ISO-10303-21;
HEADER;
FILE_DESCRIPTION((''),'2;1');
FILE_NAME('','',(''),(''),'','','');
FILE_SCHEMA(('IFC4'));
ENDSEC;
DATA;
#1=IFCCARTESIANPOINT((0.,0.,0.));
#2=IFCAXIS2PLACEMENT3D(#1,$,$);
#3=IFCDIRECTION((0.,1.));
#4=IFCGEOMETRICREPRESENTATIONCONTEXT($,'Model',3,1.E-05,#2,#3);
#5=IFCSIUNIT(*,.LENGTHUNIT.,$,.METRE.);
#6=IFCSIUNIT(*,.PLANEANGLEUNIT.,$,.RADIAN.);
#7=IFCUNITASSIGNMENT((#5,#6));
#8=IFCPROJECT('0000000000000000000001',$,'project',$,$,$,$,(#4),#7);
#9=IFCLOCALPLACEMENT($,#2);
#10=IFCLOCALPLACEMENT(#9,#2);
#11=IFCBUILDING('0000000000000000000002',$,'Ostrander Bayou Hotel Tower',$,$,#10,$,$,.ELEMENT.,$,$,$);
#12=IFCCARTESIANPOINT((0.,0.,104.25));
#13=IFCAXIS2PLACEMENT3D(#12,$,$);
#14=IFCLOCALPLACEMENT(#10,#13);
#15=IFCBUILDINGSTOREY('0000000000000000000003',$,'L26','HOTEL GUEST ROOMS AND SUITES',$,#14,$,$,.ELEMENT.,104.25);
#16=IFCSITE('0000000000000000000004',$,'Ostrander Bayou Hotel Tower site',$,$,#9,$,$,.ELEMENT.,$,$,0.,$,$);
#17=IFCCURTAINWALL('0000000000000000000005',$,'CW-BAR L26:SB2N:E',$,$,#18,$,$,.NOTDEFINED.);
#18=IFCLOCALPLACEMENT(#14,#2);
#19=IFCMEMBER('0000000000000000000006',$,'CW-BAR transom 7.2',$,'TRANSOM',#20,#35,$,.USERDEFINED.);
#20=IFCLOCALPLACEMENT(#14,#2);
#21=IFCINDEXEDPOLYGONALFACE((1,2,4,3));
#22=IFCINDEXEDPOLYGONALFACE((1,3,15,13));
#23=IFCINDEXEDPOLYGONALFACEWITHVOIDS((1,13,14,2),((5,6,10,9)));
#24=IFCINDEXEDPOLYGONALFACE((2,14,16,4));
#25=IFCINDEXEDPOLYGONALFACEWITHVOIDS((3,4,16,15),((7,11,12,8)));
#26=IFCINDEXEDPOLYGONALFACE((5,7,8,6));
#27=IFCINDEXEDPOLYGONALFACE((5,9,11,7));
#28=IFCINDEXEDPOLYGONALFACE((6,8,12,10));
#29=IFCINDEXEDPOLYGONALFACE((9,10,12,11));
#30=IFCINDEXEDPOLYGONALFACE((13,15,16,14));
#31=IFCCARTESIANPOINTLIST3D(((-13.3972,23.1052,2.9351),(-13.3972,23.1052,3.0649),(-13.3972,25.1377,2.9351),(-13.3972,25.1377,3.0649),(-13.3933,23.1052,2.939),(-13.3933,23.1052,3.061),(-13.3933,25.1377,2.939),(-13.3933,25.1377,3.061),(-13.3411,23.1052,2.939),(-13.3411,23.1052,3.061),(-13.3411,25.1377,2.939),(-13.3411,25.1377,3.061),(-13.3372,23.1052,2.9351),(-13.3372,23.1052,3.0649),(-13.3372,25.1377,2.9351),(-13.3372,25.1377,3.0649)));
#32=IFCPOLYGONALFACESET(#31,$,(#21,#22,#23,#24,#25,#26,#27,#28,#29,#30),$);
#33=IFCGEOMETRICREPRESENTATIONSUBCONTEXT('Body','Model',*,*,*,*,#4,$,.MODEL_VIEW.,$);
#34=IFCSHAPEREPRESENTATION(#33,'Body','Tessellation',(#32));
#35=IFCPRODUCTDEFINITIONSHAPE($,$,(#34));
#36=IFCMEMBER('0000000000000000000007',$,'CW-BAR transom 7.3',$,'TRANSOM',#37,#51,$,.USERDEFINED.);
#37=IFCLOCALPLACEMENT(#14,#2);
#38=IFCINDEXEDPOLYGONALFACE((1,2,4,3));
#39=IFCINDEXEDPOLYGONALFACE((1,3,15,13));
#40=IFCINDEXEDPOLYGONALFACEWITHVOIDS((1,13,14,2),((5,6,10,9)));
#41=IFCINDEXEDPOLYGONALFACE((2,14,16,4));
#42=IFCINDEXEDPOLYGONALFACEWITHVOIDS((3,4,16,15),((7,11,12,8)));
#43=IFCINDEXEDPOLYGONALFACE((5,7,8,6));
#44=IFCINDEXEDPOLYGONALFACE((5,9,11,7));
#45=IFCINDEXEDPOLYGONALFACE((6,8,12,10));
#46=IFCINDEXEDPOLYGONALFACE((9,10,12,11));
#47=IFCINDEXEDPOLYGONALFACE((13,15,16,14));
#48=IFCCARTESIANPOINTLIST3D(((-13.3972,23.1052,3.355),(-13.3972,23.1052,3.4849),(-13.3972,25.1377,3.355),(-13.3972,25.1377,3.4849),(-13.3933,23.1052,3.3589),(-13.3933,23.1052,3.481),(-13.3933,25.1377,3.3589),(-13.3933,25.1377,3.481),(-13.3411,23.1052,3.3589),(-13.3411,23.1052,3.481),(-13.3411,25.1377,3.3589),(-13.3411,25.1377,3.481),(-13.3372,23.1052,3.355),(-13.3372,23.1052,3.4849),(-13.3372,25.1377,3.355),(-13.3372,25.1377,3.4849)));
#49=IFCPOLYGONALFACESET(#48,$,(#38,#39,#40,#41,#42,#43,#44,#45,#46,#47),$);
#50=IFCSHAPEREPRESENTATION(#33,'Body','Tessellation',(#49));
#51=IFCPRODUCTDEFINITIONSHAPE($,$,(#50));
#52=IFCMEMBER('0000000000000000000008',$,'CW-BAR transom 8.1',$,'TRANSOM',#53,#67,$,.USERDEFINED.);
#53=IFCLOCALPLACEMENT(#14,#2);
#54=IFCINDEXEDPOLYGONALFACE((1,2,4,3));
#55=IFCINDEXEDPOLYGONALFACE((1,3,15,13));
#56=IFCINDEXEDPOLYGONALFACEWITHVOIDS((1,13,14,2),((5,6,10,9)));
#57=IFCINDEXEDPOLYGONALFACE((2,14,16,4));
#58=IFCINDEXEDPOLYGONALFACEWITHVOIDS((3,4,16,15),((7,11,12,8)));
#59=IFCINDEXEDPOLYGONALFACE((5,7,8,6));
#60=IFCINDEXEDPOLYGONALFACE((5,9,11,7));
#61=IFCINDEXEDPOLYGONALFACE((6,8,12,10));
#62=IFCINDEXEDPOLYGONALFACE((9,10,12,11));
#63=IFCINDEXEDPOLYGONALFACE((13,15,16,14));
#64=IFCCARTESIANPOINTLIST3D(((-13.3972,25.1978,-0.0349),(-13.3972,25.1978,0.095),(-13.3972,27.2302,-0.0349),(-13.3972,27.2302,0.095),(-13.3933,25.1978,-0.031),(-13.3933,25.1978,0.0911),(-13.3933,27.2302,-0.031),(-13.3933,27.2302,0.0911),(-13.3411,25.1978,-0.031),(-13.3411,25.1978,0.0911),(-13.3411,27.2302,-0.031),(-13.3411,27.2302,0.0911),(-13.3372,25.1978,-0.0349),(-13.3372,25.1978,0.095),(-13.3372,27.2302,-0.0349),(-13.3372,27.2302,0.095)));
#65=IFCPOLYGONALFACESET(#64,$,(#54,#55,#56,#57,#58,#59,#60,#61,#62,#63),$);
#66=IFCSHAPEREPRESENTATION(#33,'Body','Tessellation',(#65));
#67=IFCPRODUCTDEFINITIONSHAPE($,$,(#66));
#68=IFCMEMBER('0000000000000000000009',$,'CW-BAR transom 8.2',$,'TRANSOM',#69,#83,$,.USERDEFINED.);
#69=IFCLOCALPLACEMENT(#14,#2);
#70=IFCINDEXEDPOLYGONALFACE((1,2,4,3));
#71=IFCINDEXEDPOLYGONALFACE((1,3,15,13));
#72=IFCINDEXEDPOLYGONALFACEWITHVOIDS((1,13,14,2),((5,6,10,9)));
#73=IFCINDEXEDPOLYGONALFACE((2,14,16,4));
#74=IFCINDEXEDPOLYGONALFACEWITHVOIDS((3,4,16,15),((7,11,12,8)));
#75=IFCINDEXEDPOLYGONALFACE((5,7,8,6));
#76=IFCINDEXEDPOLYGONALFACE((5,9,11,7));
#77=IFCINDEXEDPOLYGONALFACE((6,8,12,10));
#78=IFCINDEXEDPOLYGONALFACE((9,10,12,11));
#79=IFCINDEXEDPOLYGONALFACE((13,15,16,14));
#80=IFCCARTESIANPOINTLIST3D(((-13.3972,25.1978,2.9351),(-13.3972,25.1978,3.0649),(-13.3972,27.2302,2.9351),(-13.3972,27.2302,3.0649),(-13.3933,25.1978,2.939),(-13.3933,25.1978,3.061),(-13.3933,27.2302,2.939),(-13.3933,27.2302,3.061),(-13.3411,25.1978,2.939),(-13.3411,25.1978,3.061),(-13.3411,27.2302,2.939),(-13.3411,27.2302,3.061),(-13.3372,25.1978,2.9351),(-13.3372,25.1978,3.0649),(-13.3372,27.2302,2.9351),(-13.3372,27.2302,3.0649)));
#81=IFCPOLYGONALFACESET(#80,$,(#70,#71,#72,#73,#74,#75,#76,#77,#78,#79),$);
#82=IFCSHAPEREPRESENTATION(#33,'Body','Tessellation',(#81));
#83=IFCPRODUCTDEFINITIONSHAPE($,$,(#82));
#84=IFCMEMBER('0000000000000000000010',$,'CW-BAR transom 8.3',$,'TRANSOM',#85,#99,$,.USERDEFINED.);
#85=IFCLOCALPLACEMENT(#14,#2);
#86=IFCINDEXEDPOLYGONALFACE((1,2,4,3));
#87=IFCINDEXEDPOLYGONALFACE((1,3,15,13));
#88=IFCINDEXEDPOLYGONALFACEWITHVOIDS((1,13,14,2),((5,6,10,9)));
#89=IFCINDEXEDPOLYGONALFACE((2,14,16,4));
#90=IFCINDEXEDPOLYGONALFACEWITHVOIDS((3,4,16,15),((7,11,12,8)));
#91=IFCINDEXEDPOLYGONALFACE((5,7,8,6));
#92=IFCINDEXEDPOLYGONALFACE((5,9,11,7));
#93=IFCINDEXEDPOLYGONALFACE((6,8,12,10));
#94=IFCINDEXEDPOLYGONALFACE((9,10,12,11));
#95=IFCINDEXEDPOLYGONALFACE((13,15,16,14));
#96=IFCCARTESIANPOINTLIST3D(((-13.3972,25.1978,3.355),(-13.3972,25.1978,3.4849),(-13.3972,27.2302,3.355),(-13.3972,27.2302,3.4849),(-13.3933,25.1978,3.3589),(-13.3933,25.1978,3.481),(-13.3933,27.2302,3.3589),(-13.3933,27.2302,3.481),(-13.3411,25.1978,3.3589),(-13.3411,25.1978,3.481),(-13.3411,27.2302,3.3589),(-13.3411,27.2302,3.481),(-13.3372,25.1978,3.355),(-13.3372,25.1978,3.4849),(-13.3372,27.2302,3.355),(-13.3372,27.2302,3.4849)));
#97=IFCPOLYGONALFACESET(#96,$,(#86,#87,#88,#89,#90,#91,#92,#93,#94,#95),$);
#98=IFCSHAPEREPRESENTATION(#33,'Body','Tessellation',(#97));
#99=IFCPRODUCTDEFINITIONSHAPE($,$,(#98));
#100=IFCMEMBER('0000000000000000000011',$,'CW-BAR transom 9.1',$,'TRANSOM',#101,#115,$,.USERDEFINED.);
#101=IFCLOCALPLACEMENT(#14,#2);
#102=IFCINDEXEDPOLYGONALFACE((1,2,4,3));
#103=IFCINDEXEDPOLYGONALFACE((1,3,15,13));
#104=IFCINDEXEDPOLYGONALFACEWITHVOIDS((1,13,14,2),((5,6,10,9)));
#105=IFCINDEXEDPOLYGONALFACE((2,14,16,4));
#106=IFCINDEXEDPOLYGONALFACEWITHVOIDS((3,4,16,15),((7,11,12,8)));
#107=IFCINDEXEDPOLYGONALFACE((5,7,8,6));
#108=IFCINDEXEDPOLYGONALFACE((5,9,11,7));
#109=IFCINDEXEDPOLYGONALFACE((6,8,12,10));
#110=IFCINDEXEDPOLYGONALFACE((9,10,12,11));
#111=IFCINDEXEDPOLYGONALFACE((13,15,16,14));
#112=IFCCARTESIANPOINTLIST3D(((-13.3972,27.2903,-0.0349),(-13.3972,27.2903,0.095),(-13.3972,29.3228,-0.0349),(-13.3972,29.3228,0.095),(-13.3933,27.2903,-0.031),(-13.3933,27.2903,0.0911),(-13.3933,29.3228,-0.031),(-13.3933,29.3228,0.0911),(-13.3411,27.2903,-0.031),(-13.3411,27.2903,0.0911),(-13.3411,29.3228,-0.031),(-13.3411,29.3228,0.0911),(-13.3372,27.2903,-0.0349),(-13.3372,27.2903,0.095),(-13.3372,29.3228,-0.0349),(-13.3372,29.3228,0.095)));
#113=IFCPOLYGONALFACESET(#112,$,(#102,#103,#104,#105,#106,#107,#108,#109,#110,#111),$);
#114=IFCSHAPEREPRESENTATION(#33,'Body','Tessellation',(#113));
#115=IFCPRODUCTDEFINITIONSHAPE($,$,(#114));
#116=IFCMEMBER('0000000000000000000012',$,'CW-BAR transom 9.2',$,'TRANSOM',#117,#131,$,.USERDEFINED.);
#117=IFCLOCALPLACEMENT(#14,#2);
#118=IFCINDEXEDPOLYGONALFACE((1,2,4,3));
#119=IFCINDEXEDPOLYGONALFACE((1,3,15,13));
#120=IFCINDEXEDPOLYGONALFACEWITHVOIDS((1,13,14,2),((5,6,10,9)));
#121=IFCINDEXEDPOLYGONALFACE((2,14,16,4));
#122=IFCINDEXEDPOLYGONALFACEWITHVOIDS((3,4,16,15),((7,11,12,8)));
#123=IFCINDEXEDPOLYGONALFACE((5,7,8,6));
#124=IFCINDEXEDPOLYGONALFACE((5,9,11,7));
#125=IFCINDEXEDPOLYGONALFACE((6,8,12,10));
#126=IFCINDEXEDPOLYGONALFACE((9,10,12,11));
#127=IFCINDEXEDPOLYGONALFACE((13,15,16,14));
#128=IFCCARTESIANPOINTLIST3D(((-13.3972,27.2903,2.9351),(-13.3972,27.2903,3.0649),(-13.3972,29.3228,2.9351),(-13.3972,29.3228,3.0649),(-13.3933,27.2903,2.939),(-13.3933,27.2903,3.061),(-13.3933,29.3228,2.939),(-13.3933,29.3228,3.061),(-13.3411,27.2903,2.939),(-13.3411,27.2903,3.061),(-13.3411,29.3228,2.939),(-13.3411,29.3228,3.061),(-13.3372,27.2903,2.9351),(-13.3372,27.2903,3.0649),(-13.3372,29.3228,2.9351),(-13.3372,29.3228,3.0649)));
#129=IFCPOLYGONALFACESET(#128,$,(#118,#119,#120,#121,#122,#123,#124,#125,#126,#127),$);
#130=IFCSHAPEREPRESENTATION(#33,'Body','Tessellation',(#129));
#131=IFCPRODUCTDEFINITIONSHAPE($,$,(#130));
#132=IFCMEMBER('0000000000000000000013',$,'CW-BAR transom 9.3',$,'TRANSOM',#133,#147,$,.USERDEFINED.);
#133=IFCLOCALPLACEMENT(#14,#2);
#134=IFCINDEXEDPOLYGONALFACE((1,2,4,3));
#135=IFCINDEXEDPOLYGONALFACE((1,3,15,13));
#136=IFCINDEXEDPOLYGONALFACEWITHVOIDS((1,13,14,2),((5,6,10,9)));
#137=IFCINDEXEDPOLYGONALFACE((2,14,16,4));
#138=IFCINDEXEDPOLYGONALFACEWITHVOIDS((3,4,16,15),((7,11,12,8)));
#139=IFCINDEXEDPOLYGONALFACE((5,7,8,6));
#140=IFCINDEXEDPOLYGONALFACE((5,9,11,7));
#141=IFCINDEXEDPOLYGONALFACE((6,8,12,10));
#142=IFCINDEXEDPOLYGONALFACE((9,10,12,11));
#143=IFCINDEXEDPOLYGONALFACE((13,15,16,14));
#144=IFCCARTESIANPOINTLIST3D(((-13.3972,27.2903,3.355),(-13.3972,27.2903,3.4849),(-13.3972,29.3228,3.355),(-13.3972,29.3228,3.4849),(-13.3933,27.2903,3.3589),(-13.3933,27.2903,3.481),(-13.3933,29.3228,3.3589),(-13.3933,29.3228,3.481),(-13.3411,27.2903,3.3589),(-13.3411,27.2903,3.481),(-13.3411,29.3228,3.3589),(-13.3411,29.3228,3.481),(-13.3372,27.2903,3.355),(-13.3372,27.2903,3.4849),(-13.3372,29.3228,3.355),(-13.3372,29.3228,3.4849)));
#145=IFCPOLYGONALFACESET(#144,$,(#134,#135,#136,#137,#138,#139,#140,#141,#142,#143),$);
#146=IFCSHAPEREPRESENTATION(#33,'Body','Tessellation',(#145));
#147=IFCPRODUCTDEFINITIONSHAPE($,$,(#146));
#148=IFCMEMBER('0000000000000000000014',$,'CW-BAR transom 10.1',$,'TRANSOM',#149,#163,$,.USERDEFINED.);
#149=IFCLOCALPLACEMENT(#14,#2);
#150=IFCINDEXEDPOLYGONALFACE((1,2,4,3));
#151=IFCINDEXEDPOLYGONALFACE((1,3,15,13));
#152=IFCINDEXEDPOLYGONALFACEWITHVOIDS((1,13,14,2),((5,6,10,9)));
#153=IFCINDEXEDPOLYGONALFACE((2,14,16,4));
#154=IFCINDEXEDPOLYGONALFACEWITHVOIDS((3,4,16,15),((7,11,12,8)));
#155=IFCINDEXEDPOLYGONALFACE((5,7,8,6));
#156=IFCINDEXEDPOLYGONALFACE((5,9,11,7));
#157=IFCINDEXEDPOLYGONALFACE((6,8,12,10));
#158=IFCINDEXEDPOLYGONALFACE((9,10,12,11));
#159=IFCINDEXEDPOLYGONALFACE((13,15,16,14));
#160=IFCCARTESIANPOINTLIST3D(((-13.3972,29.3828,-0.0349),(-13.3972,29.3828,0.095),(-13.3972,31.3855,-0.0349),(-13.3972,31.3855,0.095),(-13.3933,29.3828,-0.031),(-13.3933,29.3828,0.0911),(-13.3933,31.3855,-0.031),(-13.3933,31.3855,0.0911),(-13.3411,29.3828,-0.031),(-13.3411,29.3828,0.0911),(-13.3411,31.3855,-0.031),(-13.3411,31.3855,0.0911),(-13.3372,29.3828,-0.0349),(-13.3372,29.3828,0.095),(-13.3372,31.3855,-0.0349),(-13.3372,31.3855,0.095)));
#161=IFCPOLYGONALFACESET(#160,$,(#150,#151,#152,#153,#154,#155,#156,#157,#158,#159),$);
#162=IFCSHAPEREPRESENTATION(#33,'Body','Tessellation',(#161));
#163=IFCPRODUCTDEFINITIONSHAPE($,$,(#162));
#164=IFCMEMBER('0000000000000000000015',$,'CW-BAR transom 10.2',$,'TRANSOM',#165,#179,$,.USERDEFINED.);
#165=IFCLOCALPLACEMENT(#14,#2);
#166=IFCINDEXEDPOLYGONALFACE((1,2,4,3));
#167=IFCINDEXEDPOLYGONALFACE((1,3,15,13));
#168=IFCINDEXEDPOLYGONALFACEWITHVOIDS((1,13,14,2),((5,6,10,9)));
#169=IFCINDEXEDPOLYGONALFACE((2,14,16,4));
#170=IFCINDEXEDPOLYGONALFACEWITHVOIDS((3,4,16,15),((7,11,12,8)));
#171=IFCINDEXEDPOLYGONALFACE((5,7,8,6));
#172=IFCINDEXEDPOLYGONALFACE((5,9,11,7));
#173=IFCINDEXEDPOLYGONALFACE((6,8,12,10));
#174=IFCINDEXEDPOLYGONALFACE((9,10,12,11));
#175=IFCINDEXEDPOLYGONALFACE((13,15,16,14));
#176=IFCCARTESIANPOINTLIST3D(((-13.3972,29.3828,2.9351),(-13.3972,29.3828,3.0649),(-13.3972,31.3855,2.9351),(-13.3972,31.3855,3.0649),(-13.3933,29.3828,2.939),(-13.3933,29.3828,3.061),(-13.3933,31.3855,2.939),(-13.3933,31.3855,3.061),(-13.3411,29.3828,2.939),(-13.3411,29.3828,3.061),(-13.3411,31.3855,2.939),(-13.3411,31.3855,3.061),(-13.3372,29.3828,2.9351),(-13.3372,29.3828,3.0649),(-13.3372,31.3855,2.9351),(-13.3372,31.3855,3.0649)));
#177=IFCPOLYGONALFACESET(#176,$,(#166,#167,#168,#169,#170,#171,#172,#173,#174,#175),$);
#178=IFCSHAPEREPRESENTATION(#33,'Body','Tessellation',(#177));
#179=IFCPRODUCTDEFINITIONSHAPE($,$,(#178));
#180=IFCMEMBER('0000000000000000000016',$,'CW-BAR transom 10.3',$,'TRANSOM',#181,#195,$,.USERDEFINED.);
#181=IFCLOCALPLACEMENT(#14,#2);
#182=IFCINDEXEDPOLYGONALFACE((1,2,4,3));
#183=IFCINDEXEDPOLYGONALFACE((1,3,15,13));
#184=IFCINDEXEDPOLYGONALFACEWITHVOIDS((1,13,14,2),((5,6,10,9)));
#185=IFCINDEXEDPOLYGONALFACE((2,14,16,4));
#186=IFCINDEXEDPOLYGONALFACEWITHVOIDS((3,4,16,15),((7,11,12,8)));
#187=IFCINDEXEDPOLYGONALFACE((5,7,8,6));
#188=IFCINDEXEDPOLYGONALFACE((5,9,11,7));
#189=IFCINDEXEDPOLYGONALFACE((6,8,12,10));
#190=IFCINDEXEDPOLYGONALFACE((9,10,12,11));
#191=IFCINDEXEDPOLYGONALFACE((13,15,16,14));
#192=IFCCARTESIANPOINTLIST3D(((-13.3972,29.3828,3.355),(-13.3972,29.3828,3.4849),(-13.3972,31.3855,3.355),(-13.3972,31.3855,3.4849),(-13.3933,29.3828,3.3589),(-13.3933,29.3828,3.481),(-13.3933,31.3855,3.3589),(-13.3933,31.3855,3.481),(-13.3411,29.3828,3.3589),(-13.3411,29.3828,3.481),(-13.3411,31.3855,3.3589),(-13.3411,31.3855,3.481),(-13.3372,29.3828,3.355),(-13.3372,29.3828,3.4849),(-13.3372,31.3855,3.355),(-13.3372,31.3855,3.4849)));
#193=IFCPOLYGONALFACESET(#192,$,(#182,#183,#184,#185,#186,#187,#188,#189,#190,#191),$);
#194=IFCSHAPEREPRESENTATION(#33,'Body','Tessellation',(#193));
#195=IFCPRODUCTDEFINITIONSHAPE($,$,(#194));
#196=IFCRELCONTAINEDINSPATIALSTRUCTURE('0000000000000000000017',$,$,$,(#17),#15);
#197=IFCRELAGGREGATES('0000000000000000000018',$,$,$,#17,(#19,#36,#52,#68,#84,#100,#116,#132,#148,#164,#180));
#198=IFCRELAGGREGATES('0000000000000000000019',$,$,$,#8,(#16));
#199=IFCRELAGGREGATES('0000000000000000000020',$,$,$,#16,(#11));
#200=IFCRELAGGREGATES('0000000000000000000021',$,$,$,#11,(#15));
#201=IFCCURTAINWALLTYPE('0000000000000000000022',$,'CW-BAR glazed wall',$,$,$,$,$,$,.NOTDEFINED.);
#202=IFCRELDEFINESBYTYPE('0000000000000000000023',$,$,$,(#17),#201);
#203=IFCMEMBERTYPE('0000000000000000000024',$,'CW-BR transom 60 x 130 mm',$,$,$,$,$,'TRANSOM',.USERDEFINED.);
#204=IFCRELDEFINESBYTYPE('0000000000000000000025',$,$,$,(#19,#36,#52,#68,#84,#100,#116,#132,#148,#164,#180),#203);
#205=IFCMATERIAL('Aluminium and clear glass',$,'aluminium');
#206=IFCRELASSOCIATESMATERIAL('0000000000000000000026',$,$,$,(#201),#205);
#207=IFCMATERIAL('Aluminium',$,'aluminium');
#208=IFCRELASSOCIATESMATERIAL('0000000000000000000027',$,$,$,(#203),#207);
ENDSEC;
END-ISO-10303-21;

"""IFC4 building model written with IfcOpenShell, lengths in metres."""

from ifc_helpers import new_model, si_unit, direction, frame, origin, origin_2d, place, context, subcontext, project, spatial, hollow_rectangle, extrude, material, material_profile, profile_set, type_object, element, aggregate, save


model = new_model("IFC4")

# Units and contexts
model_context = context("Model", 3, precision=1e-05, world=origin(), true_north=direction((0.0, 1.0)))
body_context = subcontext(model_context, "Body", "Model", "MODEL_VIEW")
ifc_project = project(units=[si_unit("LENGTHUNIT", "METRE"), si_unit("PLANEANGLEUNIT", "RADIAN")], contexts=[model_context])

# Site, building, storey
site_placement = place(None, origin())
site = spatial("IfcSite", under=ifc_project, at=site_placement, Name="Ostrander Bayou Hotel Tower site", CompositionType="ELEMENT", RefElevation=0.0)
building_placement = place(site_placement, origin())
building = spatial("IfcBuilding", under=site, at=building_placement, Name="Ostrander Bayou Hotel Tower", CompositionType="ELEMENT")
storey_placement = place(building_placement, frame((0.0, 0.0, 104.25)))
storey = spatial("IfcBuildingStorey", under=building, at=storey_placement, Name="L26", Description="HOTEL GUEST ROOMS AND SUITES", CompositionType="ELEMENT", Elevation=104.25)

# Curtain wall
ifc_material_1 = material(Name="Aluminium and clear glass", Category="aluminium")
curtain_wall_type = type_object("IfcCurtainWallType", Name="CW-BAR glazed wall", PredefinedType="NOTDEFINED", material=ifc_material_1)
curtain_wall_1_placement = place(storey_placement, origin())
curtain_wall_1 = element("IfcCurtainWall", 1, at=curtain_wall_1_placement, inside=storey, type_object=curtain_wall_type, Name="CW-BAR L26:SB2N:E", PredefinedType="NOTDEFINED")

# Members
ifc_material_2 = material(Name="Aluminium", Category="aluminium")
ifc_material_profile_1 = material_profile(ifc_material_2, hollow_rectangle(XDim=0.0601, YDim=0.1299, WallThickness=0.0039, at=origin_2d()))
ifc_profile_set_1 = profile_set([ifc_material_profile_1], Name="Aluminium")
member_type_1 = type_object("IfcMemberType", Name="CW-BR transom 60 x 130 mm", ElementType="TRANSOM", PredefinedType="USERDEFINED", material=ifc_profile_set_1)
member_1_placement = place(storey_placement, frame((-13.3672, 23.1052, 3.0), z_axis=(0.0, 1.0, 0.0), x_axis=(-1.0, 0.0, 0.0)))
member_1 = element("IfcMember", 2, at=member_1_placement, type_object=member_type_1, Name="CW-BAR transom 7.2", ObjectType="TRANSOM", PredefinedType="USERDEFINED", context=body_context, shape_type="SweptSolid", body=[
    extrude(hollow_rectangle(XDim=0.0601, YDim=0.1299, WallThickness=0.0039, at=origin_2d()), origin(), (0.0, 0.0, 1.0), 2.0325),
])
member_2_placement = place(storey_placement, frame((-13.3672, 23.1052, 3.4199), z_axis=(0.0, 1.0, 0.0), x_axis=(-1.0, 0.0, 0.0)))
member_2 = element("IfcMember", 3, at=member_2_placement, type_object=member_type_1, Name="CW-BAR transom 7.3", ObjectType="TRANSOM", PredefinedType="USERDEFINED", context=body_context, shape_type="SweptSolid", body=[
    extrude(hollow_rectangle(XDim=0.0601, YDim=0.1299, WallThickness=0.0039, at=origin_2d()), origin(), (0.0, 0.0, 1.0), 2.0325),
])
member_3_placement = place(storey_placement, frame((-13.3672, 25.1978, 0.03), z_axis=(0.0, 1.0, 0.0), x_axis=(-1.0, 0.0, 0.0)))
member_3 = element("IfcMember", 4, at=member_3_placement, type_object=member_type_1, Name="CW-BAR transom 8.1", ObjectType="TRANSOM", PredefinedType="USERDEFINED", context=body_context, shape_type="SweptSolid", body=[
    extrude(hollow_rectangle(XDim=0.0601, YDim=0.1299, WallThickness=0.0039, at=origin_2d()), origin(), (0.0, 0.0, 1.0), 2.0325),
])
member_4_placement = place(storey_placement, frame((-13.3672, 25.1978, 3.0), z_axis=(0.0, 1.0, 0.0), x_axis=(-1.0, 0.0, 0.0)))
member_4 = element("IfcMember", 5, at=member_4_placement, type_object=member_type_1, Name="CW-BAR transom 8.2", ObjectType="TRANSOM", PredefinedType="USERDEFINED", context=body_context, shape_type="SweptSolid", body=[
    extrude(hollow_rectangle(XDim=0.0601, YDim=0.1299, WallThickness=0.0039, at=origin_2d()), origin(), (0.0, 0.0, 1.0), 2.0325),
])
member_5_placement = place(storey_placement, frame((-13.3672, 25.1978, 3.4199), z_axis=(0.0, 1.0, 0.0), x_axis=(-1.0, 0.0, 0.0)))
member_5 = element("IfcMember", 6, at=member_5_placement, type_object=member_type_1, Name="CW-BAR transom 8.3", ObjectType="TRANSOM", PredefinedType="USERDEFINED", context=body_context, shape_type="SweptSolid", body=[
    extrude(hollow_rectangle(XDim=0.0601, YDim=0.1299, WallThickness=0.0039, at=origin_2d()), origin(), (0.0, 0.0, 1.0), 2.0325),
])
member_6_placement = place(storey_placement, frame((-13.3672, 27.2903, 0.03), z_axis=(0.0, 1.0, 0.0), x_axis=(-1.0, 0.0, 0.0)))
member_6 = element("IfcMember", 7, at=member_6_placement, type_object=member_type_1, Name="CW-BAR transom 9.1", ObjectType="TRANSOM", PredefinedType="USERDEFINED", context=body_context, shape_type="SweptSolid", body=[
    extrude(hollow_rectangle(XDim=0.0601, YDim=0.1299, WallThickness=0.0039, at=origin_2d()), origin(), (0.0, 0.0, 1.0), 2.0325),
])
member_7_placement = place(storey_placement, frame((-13.3672, 27.2903, 3.0), z_axis=(0.0, 1.0, 0.0), x_axis=(-1.0, 0.0, 0.0)))
member_7 = element("IfcMember", 8, at=member_7_placement, type_object=member_type_1, Name="CW-BAR transom 9.2", ObjectType="TRANSOM", PredefinedType="USERDEFINED", context=body_context, shape_type="SweptSolid", body=[
    extrude(hollow_rectangle(XDim=0.0601, YDim=0.1299, WallThickness=0.0039, at=origin_2d()), origin(), (0.0, 0.0, 1.0), 2.0325),
])
member_8_placement = place(storey_placement, frame((-13.3672, 27.2903, 3.4199), z_axis=(0.0, 1.0, 0.0), x_axis=(-1.0, 0.0, 0.0)))
member_8 = element("IfcMember", 9, at=member_8_placement, type_object=member_type_1, Name="CW-BAR transom 9.3", ObjectType="TRANSOM", PredefinedType="USERDEFINED", context=body_context, shape_type="SweptSolid", body=[
    extrude(hollow_rectangle(XDim=0.0601, YDim=0.1299, WallThickness=0.0039, at=origin_2d()), origin(), (0.0, 0.0, 1.0), 2.0325),
])
member_9_placement = place(storey_placement, frame((-13.3672, 29.3828, 0.03), z_axis=(0.0, 1.0, 0.0), x_axis=(-1.0, 0.0, 0.0)))
member_9 = element("IfcMember", 10, at=member_9_placement, type_object=member_type_1, Name="CW-BAR transom 10.1", ObjectType="TRANSOM", PredefinedType="USERDEFINED", context=body_context, shape_type="SweptSolid", body=[
    extrude(hollow_rectangle(XDim=0.0601, YDim=0.1299, WallThickness=0.0039, at=origin_2d()), origin(), (0.0, 0.0, 1.0), 2.0027),
])
member_10_placement = place(storey_placement, frame((-13.3672, 29.3828, 3.0), z_axis=(0.0, 1.0, 0.0), x_axis=(-1.0, 0.0, 0.0)))
member_10 = element("IfcMember", 11, at=member_10_placement, type_object=member_type_1, Name="CW-BAR transom 10.2", ObjectType="TRANSOM", PredefinedType="USERDEFINED", context=body_context, shape_type="SweptSolid", body=[
    extrude(hollow_rectangle(XDim=0.0601, YDim=0.1299, WallThickness=0.0039, at=origin_2d()), origin(), (0.0, 0.0, 1.0), 2.0027),
])
member_11_placement = place(storey_placement, frame((-13.3672, 29.3828, 3.4199), z_axis=(0.0, 1.0, 0.0), x_axis=(-1.0, 0.0, 0.0)))
member_11 = element("IfcMember", 12, at=member_11_placement, type_object=member_type_1, Name="CW-BAR transom 10.3", ObjectType="TRANSOM", PredefinedType="USERDEFINED", context=body_context, shape_type="SweptSolid", body=[
    extrude(hollow_rectangle(XDim=0.0601, YDim=0.1299, WallThickness=0.0039, at=origin_2d()), origin(), (0.0, 0.0, 1.0), 2.0027),
])

aggregate(curtain_wall_1, [member_1, member_2, member_3, member_4, member_5, member_6, member_7, member_8, member_9, member_10, member_11])

save(model, "model.ifc")
